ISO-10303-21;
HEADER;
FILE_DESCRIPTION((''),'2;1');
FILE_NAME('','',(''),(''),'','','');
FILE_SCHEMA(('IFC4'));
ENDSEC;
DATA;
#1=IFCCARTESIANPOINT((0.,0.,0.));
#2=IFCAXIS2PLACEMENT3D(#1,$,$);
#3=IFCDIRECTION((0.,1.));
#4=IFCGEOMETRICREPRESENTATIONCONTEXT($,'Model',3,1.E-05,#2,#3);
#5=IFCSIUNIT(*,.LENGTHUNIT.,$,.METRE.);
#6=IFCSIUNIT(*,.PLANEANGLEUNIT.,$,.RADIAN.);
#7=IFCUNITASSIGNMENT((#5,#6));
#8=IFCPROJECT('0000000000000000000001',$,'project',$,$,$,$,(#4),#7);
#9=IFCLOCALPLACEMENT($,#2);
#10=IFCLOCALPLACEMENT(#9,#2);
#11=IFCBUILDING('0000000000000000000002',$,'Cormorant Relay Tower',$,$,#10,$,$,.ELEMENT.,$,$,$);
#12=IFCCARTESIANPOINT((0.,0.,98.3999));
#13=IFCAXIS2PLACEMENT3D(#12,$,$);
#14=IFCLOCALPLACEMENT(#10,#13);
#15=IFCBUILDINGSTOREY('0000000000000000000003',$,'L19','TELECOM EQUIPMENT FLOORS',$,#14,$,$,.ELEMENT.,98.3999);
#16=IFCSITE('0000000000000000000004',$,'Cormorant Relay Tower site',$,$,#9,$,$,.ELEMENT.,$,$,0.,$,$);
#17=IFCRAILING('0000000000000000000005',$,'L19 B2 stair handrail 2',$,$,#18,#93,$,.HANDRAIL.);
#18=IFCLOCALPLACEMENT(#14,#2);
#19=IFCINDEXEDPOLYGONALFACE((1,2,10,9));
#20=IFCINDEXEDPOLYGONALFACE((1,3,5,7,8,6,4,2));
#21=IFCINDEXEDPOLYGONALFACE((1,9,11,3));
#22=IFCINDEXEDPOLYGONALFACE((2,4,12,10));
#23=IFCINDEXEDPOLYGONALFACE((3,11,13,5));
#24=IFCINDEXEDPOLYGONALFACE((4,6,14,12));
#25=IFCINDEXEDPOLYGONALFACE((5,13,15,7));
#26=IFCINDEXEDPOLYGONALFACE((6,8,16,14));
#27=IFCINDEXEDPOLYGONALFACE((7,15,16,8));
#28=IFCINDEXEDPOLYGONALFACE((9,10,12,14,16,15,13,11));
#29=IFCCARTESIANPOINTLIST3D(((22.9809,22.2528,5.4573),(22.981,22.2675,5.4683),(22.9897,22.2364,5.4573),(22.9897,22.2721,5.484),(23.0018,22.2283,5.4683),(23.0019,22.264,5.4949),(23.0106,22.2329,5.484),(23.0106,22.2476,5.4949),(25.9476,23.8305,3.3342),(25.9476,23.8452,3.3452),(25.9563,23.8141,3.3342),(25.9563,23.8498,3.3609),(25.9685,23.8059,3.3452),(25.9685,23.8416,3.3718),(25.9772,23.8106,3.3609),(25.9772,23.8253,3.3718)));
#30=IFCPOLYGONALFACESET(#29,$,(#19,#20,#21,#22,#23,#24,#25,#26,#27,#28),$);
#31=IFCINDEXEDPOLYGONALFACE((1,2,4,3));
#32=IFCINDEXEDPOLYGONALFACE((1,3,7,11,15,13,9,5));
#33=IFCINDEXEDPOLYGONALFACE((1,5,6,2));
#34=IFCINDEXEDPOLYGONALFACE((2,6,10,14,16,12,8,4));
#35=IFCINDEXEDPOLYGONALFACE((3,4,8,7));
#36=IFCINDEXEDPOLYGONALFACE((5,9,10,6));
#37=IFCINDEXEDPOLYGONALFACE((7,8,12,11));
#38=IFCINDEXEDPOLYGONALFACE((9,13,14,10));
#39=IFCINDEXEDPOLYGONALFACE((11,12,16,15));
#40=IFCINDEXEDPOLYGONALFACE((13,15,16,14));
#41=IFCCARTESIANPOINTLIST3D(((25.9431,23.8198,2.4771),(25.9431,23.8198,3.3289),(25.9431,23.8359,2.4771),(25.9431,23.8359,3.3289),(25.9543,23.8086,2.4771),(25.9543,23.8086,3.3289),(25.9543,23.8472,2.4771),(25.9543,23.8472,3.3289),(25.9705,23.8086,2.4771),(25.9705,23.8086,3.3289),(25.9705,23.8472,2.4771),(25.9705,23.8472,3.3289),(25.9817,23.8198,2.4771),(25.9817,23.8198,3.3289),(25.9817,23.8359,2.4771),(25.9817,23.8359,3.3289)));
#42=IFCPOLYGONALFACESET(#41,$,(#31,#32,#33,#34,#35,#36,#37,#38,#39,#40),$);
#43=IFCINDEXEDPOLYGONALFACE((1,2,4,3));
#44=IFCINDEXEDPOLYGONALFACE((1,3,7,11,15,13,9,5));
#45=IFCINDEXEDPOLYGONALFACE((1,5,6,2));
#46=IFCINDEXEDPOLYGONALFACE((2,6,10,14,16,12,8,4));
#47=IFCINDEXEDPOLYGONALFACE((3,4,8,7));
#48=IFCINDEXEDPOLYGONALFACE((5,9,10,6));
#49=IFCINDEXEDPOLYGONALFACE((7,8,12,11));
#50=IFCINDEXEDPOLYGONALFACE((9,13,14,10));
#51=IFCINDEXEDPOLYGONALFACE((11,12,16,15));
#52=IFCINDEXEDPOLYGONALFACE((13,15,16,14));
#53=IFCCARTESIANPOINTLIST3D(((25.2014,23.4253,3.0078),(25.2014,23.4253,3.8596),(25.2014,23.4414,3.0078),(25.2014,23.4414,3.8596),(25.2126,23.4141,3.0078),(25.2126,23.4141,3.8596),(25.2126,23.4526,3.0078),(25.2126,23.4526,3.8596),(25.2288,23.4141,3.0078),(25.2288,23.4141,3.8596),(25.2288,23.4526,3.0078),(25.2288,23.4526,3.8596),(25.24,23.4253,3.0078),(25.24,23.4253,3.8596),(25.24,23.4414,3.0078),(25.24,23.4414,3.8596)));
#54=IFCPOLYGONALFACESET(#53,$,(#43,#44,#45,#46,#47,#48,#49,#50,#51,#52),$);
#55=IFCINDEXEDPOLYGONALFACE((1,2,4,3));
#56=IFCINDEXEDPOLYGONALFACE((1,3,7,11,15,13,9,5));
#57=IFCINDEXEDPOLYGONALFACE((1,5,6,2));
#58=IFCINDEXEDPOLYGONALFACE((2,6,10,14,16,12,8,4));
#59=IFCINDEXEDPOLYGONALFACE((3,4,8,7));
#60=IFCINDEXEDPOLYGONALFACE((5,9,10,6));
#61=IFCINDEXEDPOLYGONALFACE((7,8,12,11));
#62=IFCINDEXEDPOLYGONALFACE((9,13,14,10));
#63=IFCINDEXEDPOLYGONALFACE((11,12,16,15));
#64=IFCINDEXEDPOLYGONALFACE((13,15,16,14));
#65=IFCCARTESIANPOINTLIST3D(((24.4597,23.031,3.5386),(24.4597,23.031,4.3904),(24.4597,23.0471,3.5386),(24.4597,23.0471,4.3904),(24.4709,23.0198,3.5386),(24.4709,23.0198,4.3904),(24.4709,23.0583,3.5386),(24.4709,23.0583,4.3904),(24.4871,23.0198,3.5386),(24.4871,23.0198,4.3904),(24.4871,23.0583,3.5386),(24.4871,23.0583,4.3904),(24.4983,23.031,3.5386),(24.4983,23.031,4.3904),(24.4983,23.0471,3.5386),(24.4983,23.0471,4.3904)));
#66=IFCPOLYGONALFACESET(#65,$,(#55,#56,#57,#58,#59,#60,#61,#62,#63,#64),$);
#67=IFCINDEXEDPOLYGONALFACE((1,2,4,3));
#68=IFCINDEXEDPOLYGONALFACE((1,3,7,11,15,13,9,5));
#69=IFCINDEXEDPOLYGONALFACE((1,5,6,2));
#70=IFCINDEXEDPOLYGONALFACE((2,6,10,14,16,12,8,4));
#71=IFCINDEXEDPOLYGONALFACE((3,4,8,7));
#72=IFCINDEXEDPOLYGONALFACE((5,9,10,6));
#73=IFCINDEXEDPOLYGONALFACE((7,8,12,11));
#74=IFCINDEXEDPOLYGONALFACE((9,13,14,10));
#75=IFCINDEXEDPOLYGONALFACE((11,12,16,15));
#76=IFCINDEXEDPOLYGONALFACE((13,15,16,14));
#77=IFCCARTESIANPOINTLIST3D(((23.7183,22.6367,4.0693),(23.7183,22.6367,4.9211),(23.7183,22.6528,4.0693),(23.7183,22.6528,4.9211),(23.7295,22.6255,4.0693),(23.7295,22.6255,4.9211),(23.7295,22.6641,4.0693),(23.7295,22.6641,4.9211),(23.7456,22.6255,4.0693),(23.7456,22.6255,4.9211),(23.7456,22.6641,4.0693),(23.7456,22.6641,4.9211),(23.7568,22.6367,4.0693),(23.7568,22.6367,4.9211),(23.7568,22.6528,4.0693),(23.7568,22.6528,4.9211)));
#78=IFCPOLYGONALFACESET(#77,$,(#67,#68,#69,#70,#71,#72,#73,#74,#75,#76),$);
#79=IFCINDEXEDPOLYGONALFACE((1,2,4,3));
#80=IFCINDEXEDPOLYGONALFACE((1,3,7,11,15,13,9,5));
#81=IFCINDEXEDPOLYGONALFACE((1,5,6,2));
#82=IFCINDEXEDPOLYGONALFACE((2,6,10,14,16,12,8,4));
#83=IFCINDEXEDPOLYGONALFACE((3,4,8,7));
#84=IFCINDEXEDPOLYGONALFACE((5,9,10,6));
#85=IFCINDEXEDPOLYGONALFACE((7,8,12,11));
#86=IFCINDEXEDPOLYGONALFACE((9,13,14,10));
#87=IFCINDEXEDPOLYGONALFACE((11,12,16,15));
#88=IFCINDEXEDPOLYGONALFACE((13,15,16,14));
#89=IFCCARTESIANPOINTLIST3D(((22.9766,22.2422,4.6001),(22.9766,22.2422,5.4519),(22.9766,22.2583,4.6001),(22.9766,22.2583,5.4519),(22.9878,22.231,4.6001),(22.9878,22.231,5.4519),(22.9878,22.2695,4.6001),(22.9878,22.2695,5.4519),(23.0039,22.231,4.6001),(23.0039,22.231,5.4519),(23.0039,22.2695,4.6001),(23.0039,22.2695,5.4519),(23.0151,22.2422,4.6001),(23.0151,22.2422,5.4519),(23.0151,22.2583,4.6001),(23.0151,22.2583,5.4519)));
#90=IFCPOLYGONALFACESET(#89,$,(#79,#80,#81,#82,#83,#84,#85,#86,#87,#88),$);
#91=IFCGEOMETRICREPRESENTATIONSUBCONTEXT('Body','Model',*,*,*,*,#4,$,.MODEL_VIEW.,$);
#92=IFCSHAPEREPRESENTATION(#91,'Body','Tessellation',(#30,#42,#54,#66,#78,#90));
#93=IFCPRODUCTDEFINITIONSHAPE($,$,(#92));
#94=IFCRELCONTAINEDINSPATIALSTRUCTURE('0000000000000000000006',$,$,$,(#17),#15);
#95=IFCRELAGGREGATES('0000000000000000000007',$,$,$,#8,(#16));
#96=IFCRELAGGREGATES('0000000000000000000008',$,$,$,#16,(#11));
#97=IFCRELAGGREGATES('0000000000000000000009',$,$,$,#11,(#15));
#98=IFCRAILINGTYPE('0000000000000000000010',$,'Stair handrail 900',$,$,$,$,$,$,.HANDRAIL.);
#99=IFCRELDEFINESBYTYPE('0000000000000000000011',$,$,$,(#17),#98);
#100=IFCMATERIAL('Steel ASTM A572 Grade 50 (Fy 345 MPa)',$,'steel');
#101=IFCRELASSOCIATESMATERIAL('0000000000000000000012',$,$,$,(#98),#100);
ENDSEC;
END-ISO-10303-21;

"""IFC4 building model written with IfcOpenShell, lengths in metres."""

from ifc_helpers import new_model, si_unit, direction, frame, origin, place, context, subcontext, project, spatial, polyline, outline, extrude, material, type_object, element, save


model = new_model("IFC4")

# Units and contexts
model_context = context("Model", 3, precision=1e-05, world=origin(), true_north=direction((0.0, 1.0)))
body_context = subcontext(model_context, "Body", "Model", "MODEL_VIEW")
ifc_project = project(units=[si_unit("LENGTHUNIT", "METRE"), si_unit("PLANEANGLEUNIT", "RADIAN")], contexts=[model_context])

# Site, building, storey
site_placement = place(None, origin())
site = spatial("IfcSite", under=ifc_project, at=site_placement, Name="Cormorant Relay Tower site", CompositionType="ELEMENT", RefElevation=0.0)
building_placement = place(site_placement, origin())
building = spatial("IfcBuilding", under=site, at=building_placement, Name="Cormorant Relay Tower", CompositionType="ELEMENT")
storey_placement = place(building_placement, frame((0.0, 0.0, 98.3999)))
storey = spatial("IfcBuildingStorey", under=building, at=storey_placement, Name="L19", Description="TELECOM EQUIPMENT FLOORS", CompositionType="ELEMENT", Elevation=98.3999)

# Railing
ifc_material_1 = material(Name="Steel ASTM A572 Grade 50 (Fy 345 MPa)", Category="steel")
railing_type_1 = type_object("IfcRailingType", Name="Stair handrail 900", PredefinedType="HANDRAIL", material=ifc_material_1)
railing_1_placement = place(storey_placement, frame((25.9624, 23.8279, 2.4771)))
element("IfcRailing", 1, at=railing_1_placement, inside=storey, type_object=railing_type_1, Name="L19 B2 stair handrail 2", PredefinedType="HANDRAIL", context=body_context, shape_type="SweptSolid", body=[
    extrude(outline(polyline([(0.0222, 0.0093), (0.0093, 0.0222), (-0.0093, 0.0222), (-0.0222, 0.0093), (-0.0222, -0.0093), (-0.0093, -0.0222), (0.0093, -0.0222), (0.0222, -0.0093), (0.0222, 0.0093)])), frame((0.0, 0.0, 0.876), z_axis=(-0.746395, -0.396939, 0.534166), x_axis=(0.469539, -0.882911, 0.0)), (0.0, 0.0, 1.0), 3.9746),
    extrude(outline(polyline([(0.0193, 0.0081), (0.0081, 0.0193), (-0.0081, 0.0193), (-0.0193, 0.0081), (-0.0193, -0.0081), (-0.0081, -0.0193), (0.0081, -0.0193), (0.0193, -0.0081), (0.0193, 0.0081)])), origin(), (0.0, 0.0, 1.0), 0.8518),
    extrude(outline(polyline([(0.0193, 0.0081), (0.0081, 0.0193), (-0.0081, 0.0193), (-0.0193, 0.0081), (-0.0193, -0.0081), (-0.0081, -0.0193), (0.0081, -0.0193), (0.0193, -0.0081), (0.0193, 0.0081)])), frame((-0.7417, -0.3945, 0.5308)), (0.0, 0.0, 1.0), 0.8518),
    extrude(outline(polyline([(0.0193, 0.0081), (0.0081, 0.0193), (-0.0081, 0.0193), (-0.0193, 0.0081), (-0.0193, -0.0081), (-0.0081, -0.0193), (0.0081, -0.0193), (0.0193, -0.0081), (0.0193, 0.0081)])), frame((-1.4834, -0.7888, 1.0615)), (0.0, 0.0, 1.0), 0.8518),
    extrude(outline(polyline([(0.0193, 0.0081), (0.0081, 0.0193), (-0.0081, 0.0193), (-0.0193, 0.0081), (-0.0193, -0.0081), (-0.0081, -0.0193), (0.0081, -0.0193), (0.0193, -0.0081), (0.0193, 0.0081)])), frame((-2.2249, -1.1831, 1.5923)), (0.0, 0.0, 1.0), 0.8518),
    extrude(outline(polyline([(0.0193, 0.0081), (0.0081, 0.0193), (-0.0081, 0.0193), (-0.0193, 0.0081), (-0.0193, -0.0081), (-0.0081, -0.0193), (0.0081, -0.0193), (0.0193, -0.0081), (0.0193, 0.0081)])), frame((-2.9666, -1.5776, 2.123)), (0.0, 0.0, 1.0), 0.8518),
])

save(model, "model.ifc")
